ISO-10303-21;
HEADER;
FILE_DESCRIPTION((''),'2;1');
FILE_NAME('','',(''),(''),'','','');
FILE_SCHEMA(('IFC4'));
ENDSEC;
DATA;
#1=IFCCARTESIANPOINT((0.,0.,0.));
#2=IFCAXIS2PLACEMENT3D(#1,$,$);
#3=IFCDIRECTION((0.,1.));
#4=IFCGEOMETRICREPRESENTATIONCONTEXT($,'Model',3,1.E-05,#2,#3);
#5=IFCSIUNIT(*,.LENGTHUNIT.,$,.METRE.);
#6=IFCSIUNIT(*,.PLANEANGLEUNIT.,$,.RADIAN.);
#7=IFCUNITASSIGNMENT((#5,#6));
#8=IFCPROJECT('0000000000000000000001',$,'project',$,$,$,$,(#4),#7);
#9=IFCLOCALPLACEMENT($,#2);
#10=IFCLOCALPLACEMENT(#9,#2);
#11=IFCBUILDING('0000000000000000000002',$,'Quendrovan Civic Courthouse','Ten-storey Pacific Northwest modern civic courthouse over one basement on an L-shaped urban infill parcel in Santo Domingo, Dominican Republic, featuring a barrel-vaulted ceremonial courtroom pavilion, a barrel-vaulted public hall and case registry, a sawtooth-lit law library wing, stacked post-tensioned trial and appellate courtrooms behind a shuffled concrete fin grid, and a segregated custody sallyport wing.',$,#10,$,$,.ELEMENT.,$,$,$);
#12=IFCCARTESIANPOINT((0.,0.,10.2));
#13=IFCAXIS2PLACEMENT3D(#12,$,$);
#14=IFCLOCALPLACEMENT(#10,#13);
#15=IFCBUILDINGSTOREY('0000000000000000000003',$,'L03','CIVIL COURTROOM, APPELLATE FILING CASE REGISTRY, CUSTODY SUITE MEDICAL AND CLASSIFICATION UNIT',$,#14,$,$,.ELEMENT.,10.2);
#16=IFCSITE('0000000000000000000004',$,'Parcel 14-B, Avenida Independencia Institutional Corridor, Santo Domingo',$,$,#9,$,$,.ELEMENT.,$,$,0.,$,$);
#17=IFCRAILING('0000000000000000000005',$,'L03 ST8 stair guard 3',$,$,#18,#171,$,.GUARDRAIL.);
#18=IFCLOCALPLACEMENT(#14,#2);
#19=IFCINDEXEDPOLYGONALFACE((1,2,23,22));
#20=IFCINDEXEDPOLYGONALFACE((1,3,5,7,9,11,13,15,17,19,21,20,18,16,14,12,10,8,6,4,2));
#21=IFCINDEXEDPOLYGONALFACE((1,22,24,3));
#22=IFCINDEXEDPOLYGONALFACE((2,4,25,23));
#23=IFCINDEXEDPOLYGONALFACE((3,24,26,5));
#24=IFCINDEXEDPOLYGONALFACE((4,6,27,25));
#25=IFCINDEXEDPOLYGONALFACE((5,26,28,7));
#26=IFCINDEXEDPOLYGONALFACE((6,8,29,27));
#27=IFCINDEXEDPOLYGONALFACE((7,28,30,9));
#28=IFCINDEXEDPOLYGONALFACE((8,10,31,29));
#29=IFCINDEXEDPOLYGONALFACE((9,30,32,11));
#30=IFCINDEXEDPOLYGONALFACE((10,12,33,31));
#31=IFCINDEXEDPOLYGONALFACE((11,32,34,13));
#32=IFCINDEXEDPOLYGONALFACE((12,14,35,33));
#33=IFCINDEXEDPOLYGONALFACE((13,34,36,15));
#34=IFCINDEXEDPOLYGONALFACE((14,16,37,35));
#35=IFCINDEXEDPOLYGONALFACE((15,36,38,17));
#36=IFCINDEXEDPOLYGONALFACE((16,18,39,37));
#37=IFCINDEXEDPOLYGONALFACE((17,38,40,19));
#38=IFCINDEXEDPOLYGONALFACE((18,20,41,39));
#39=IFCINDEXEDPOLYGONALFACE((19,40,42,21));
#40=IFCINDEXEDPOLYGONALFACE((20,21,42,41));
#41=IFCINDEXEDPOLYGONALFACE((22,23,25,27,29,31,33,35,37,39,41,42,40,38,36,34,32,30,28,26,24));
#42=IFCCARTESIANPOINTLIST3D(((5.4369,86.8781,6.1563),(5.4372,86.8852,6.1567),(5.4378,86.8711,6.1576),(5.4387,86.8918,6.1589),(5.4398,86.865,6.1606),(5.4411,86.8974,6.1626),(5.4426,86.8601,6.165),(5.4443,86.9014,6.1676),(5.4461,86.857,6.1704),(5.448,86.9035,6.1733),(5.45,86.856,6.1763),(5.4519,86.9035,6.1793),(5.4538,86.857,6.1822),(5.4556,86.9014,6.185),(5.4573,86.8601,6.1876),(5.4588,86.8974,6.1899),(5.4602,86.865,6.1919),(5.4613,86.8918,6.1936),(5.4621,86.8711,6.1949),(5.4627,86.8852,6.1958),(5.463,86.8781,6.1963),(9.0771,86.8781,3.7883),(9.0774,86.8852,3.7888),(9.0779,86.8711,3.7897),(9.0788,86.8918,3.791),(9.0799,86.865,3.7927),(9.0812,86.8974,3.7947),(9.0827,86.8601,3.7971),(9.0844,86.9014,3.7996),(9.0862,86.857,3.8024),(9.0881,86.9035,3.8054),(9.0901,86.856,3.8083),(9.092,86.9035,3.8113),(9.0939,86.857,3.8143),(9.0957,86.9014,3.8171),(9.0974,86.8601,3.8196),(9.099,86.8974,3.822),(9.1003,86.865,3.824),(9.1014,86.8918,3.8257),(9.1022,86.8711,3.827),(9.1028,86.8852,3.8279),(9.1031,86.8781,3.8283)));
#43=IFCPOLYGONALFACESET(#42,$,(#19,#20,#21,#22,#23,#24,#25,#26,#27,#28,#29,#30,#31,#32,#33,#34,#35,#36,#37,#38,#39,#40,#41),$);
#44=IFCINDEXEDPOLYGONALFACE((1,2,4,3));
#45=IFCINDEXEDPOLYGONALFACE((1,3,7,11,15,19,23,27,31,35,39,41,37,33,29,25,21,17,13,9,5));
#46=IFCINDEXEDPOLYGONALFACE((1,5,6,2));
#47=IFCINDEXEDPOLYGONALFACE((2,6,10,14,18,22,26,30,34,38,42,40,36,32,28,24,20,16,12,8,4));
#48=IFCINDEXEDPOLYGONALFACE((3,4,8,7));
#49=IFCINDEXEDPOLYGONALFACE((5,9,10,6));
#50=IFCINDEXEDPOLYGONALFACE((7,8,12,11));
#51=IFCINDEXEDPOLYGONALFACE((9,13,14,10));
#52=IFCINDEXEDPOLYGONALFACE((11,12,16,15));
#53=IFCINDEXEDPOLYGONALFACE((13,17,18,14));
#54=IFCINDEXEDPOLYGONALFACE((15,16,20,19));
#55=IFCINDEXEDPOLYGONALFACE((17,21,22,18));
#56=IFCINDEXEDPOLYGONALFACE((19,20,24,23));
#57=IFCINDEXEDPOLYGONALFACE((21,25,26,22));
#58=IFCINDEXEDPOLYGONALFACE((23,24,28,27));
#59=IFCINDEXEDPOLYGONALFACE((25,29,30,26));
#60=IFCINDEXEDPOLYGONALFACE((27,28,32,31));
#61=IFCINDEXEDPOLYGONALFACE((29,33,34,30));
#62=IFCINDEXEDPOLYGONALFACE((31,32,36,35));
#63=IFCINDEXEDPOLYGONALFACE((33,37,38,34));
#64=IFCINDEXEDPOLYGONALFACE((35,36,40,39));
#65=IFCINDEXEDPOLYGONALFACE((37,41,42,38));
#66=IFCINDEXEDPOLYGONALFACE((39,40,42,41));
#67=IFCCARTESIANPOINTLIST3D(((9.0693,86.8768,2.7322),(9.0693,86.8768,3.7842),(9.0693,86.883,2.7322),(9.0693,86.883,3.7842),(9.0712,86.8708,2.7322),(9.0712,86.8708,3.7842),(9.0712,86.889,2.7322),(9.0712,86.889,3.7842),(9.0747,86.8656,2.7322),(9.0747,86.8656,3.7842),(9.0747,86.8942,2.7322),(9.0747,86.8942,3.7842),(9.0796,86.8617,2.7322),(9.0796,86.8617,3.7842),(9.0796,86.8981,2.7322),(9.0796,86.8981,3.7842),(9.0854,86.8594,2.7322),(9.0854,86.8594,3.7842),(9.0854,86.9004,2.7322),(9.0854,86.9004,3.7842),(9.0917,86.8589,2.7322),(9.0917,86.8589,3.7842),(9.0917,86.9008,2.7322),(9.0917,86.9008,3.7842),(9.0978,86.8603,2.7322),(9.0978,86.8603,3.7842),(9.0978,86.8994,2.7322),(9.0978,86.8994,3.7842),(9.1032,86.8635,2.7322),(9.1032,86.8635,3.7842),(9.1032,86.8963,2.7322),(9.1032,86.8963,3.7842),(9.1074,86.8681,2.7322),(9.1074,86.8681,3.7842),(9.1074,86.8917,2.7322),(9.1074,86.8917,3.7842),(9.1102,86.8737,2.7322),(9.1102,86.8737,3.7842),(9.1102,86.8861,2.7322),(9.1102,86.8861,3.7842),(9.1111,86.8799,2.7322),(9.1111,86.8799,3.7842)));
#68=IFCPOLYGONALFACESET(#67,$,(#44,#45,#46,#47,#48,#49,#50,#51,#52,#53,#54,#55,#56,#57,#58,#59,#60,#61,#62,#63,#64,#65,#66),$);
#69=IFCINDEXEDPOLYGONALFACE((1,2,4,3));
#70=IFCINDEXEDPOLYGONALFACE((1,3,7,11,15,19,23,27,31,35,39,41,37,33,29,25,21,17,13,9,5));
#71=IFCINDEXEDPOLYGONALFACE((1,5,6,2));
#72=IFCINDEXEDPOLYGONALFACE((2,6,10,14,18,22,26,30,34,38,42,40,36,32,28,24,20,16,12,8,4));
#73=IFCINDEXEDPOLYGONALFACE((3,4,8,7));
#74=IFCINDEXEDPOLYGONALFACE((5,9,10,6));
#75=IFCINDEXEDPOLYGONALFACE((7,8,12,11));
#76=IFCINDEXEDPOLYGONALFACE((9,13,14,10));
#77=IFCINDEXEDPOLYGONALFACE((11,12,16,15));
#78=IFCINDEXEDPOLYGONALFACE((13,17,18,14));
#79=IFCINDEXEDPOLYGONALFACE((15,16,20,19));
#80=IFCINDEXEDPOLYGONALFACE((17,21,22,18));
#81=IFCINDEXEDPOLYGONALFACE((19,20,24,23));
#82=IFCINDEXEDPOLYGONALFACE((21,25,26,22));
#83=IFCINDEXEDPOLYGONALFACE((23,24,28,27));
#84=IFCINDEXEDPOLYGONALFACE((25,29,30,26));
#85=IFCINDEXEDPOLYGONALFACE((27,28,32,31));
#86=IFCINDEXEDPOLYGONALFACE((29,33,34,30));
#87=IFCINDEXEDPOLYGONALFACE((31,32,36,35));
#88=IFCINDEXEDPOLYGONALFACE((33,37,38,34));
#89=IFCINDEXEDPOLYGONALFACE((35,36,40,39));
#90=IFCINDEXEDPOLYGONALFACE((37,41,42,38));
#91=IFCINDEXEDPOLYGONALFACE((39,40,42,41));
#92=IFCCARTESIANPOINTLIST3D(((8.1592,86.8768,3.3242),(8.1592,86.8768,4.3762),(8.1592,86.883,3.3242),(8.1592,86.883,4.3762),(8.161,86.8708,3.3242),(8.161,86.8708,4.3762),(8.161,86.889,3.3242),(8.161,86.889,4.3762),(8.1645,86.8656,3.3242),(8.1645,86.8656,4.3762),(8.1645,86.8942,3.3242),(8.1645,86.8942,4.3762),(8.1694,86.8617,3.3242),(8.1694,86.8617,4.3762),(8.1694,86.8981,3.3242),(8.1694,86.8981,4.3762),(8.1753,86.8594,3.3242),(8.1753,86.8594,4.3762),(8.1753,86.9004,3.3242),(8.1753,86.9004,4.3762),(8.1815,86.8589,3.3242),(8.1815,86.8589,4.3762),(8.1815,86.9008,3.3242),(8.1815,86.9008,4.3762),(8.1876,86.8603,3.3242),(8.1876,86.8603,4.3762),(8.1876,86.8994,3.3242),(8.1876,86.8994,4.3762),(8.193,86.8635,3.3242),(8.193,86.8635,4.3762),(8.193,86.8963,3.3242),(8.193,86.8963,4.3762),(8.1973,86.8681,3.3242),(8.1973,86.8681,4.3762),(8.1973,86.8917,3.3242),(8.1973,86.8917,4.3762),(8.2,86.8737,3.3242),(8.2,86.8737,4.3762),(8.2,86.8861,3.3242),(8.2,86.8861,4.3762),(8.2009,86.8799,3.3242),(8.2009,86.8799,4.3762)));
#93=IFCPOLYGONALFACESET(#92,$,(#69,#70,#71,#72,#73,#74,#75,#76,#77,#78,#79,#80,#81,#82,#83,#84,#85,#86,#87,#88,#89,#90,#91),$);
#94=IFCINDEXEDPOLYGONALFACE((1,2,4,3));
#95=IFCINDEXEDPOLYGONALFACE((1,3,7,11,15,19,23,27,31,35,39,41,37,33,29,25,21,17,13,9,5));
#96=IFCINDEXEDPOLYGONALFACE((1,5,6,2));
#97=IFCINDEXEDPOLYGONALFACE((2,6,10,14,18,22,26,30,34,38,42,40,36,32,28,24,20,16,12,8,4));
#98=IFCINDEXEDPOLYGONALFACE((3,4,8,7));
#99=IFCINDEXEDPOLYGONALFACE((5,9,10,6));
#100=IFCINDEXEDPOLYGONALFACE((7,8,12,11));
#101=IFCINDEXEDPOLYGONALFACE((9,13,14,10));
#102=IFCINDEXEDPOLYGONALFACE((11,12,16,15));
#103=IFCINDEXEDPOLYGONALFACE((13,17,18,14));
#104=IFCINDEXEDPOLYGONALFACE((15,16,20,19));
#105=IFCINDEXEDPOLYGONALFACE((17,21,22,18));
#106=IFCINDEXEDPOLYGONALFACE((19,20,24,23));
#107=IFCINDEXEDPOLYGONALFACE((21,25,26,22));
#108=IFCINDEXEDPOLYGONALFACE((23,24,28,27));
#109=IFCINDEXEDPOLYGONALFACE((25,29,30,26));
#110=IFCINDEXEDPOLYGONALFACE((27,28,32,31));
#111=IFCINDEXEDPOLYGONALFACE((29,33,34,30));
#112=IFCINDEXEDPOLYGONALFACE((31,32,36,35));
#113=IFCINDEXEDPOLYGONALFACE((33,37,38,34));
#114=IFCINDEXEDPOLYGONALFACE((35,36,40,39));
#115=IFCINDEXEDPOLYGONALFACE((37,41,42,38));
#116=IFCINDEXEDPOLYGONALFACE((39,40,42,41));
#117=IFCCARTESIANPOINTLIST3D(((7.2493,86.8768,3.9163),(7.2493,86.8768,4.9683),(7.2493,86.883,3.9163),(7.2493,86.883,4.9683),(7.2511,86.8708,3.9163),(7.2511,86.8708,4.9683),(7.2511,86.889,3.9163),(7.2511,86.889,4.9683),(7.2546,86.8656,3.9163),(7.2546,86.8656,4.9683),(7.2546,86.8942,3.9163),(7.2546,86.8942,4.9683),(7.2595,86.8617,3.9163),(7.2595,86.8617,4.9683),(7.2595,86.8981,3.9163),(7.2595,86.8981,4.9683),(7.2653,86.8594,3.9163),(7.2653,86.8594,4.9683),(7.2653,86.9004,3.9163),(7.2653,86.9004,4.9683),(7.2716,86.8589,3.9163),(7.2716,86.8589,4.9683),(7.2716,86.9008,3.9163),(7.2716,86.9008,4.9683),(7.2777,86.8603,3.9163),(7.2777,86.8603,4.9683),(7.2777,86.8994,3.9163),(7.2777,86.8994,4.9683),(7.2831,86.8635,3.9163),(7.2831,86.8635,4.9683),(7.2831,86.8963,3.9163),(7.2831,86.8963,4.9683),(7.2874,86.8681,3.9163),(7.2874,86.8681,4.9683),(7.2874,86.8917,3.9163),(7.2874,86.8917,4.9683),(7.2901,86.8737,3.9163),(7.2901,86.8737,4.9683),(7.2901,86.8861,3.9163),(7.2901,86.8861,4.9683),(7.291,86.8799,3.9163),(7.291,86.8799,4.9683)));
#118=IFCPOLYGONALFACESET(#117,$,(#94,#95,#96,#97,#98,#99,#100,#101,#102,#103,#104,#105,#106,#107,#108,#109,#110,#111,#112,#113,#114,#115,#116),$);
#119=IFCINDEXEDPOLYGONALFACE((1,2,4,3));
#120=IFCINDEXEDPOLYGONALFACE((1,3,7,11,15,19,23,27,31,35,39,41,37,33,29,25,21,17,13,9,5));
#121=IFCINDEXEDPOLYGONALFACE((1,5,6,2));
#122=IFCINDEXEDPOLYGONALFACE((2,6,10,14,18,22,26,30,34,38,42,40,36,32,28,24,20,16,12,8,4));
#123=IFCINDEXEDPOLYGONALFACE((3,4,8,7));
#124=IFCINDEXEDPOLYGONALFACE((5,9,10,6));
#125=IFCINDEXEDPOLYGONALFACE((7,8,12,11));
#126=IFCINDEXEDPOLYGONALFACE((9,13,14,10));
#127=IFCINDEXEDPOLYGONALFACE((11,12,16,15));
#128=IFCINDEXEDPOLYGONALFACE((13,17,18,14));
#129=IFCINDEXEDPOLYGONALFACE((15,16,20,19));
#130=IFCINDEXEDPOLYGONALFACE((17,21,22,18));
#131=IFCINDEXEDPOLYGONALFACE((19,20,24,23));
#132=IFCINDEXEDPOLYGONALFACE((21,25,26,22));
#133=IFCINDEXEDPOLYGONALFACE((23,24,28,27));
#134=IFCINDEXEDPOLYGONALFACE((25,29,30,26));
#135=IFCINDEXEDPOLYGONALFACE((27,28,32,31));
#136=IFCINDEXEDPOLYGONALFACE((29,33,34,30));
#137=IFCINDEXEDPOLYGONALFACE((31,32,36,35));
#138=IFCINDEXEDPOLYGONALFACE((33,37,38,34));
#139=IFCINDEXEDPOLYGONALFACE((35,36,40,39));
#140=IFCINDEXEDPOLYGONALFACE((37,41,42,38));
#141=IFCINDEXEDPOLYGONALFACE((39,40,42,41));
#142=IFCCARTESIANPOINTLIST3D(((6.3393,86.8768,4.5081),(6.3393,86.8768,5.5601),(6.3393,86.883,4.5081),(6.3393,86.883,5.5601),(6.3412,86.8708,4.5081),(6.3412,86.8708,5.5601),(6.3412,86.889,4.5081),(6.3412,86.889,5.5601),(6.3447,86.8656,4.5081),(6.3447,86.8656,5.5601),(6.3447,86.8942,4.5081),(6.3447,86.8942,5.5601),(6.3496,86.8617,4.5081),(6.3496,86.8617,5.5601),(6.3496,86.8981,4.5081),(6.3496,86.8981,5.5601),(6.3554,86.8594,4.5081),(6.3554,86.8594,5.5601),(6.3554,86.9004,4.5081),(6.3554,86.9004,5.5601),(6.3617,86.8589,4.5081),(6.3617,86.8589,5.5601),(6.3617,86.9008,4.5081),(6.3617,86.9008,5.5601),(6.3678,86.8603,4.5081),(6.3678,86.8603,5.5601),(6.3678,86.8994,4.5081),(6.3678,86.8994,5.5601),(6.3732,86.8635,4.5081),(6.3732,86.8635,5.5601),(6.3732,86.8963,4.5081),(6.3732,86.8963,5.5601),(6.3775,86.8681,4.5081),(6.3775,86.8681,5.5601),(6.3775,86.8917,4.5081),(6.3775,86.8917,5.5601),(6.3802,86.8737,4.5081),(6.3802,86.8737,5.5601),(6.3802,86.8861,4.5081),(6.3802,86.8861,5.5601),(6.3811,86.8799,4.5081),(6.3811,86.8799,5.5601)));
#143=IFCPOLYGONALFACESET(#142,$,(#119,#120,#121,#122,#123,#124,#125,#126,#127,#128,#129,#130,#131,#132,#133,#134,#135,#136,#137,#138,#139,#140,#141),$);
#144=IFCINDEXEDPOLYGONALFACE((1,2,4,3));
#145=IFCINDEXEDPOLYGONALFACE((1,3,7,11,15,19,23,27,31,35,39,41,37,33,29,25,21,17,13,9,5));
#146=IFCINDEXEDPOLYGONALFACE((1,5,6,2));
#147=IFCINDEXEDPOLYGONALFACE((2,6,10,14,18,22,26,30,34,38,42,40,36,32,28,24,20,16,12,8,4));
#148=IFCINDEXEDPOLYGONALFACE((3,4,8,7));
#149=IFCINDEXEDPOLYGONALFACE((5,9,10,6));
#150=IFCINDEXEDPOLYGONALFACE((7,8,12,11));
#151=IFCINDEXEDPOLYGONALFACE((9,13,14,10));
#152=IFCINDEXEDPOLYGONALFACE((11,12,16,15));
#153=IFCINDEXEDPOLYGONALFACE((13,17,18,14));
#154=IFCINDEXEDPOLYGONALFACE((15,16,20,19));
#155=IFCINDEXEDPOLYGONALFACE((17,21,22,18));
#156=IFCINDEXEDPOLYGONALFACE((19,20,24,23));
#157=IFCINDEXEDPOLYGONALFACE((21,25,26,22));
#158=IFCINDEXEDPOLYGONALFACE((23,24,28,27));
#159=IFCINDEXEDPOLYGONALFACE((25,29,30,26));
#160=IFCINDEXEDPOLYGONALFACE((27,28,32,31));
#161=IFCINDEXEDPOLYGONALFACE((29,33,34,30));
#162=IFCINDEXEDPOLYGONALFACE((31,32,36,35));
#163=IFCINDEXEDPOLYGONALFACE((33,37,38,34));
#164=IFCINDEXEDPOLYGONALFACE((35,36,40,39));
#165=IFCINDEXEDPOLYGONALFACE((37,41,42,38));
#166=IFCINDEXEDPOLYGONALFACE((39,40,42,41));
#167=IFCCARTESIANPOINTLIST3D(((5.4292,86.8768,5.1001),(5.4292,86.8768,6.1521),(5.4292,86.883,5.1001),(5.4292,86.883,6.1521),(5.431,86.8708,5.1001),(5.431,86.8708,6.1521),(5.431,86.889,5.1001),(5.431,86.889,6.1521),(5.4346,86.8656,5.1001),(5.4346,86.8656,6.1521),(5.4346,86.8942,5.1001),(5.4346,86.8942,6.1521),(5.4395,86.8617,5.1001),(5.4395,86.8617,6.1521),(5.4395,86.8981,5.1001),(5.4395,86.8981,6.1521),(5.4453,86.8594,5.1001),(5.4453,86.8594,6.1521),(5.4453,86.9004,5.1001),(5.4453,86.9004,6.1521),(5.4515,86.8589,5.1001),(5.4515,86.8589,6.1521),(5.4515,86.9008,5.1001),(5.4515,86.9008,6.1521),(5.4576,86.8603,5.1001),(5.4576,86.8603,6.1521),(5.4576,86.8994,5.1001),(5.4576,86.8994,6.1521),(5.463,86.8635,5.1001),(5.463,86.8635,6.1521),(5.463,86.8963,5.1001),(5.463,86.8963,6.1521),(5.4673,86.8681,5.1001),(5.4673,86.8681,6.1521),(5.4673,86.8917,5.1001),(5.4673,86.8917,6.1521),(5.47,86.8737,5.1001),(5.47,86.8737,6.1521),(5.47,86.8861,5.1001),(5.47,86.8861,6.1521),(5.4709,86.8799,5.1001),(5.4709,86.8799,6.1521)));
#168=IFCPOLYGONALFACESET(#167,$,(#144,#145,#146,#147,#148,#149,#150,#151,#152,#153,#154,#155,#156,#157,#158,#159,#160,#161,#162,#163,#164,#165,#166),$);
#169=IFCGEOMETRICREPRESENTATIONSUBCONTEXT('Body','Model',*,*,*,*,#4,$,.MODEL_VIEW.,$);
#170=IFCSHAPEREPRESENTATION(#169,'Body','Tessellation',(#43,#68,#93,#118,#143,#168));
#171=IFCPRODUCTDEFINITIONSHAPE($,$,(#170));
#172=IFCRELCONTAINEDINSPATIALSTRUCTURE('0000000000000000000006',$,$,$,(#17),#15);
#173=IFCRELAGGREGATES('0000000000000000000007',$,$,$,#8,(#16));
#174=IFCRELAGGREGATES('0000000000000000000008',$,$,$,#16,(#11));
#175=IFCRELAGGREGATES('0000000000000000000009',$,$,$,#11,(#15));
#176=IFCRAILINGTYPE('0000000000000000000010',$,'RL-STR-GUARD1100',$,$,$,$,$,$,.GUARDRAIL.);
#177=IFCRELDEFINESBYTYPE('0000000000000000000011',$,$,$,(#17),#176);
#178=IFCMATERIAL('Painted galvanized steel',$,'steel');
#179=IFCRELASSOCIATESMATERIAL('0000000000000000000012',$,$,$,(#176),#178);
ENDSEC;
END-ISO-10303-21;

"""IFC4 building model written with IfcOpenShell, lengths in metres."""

from ifc_helpers import new_model, si_unit, direction, frame, origin, origin_2d, place, context, subcontext, project, spatial, circle, extrude, material, type_object, element, save


model = new_model("IFC4")

# Units and contexts
model_context = context("Model", 3, precision=1e-05, world=origin(), true_north=direction((0.0, 1.0)))
body_context = subcontext(model_context, "Body", "Model", "MODEL_VIEW")
ifc_project = project(units=[si_unit("LENGTHUNIT", "METRE"), si_unit("PLANEANGLEUNIT", "RADIAN")], contexts=[model_context])

# Site, building, storey
site_placement = place(None, origin())
site = spatial("IfcSite", under=ifc_project, at=site_placement, Name="Parcel 14-B, Avenida Independencia Institutional Corridor, Santo Domingo", CompositionType="ELEMENT", RefElevation=0.0)
building_placement = place(site_placement, origin())
building = spatial("IfcBuilding", under=site, at=building_placement, Name="Quendrovan Civic Courthouse", Description="Ten-storey Pacific Northwest modern civic courthouse over one basement on an L-shaped urban infill parcel in Santo Domingo, Dominican Republic, featuring a barrel-vaulted ceremonial courtroom pavilion, a barrel-vaulted public hall and case registry, a sawtooth-lit law library wing, stacked post-tensioned trial and appellate courtrooms behind a shuffled concrete fin grid, and a segregated custody sallyport wing.", CompositionType="ELEMENT")
storey_placement = place(building_placement, frame((0.0, 0.0, 10.2)))
storey = spatial("IfcBuildingStorey", under=building, at=storey_placement, Name="L03", Description="CIVIL COURTROOM, APPELLATE FILING CASE REGISTRY, CUSTODY SUITE MEDICAL AND CLASSIFICATION UNIT", CompositionType="ELEMENT", Elevation=10.2)

# Railing
ifc_material_1 = material(Name="Painted galvanized steel", Category="steel")
railing_type_1 = type_object("IfcRailingType", Name="RL-STR-GUARD1100", PredefinedType="GUARDRAIL", material=ifc_material_1)
railing_1_placement = place(storey_placement, frame((9.0901, 86.8799, 2.7322)))
element("IfcRailing", 1, at=railing_1_placement, inside=storey, type_object=railing_type_1, Name="L03 ST8 stair guard 3", PredefinedType="GUARDRAIL", context=body_context, shape_type="SweptSolid", body=[
    extrude(circle(Radius=0.0239, at=origin_2d()), frame((0.0, 0.0, 1.0762), z_axis=(-0.838251, 0.0, 0.545285), x_axis=(0.0, -1.0, 0.0)), (0.0, 0.0, 1.0), 4.3425),
    extrude(circle(Radius=0.021, at=origin_2d()), origin(), (0.0, 0.0, 1.0), 1.052),
    extrude(circle(Radius=0.021, at=origin_2d()), frame((-0.9102, 0.0, 0.592)), (0.0, 0.0, 1.0), 1.052),
    extrude(circle(Radius=0.021, at=origin_2d()), frame((-1.8201, 0.0, 1.1841)), (0.0, 0.0, 1.0), 1.052),
    extrude(circle(Radius=0.021, at=origin_2d()), frame((-2.73, 0.0, 1.7759)), (0.0, 0.0, 1.0), 1.052),
    extrude(circle(Radius=0.021, at=origin_2d()), frame((-3.6401, 0.0, 2.3679)), (0.0, 0.0, 1.0), 1.052),
])

save(model, "model.ifc")
